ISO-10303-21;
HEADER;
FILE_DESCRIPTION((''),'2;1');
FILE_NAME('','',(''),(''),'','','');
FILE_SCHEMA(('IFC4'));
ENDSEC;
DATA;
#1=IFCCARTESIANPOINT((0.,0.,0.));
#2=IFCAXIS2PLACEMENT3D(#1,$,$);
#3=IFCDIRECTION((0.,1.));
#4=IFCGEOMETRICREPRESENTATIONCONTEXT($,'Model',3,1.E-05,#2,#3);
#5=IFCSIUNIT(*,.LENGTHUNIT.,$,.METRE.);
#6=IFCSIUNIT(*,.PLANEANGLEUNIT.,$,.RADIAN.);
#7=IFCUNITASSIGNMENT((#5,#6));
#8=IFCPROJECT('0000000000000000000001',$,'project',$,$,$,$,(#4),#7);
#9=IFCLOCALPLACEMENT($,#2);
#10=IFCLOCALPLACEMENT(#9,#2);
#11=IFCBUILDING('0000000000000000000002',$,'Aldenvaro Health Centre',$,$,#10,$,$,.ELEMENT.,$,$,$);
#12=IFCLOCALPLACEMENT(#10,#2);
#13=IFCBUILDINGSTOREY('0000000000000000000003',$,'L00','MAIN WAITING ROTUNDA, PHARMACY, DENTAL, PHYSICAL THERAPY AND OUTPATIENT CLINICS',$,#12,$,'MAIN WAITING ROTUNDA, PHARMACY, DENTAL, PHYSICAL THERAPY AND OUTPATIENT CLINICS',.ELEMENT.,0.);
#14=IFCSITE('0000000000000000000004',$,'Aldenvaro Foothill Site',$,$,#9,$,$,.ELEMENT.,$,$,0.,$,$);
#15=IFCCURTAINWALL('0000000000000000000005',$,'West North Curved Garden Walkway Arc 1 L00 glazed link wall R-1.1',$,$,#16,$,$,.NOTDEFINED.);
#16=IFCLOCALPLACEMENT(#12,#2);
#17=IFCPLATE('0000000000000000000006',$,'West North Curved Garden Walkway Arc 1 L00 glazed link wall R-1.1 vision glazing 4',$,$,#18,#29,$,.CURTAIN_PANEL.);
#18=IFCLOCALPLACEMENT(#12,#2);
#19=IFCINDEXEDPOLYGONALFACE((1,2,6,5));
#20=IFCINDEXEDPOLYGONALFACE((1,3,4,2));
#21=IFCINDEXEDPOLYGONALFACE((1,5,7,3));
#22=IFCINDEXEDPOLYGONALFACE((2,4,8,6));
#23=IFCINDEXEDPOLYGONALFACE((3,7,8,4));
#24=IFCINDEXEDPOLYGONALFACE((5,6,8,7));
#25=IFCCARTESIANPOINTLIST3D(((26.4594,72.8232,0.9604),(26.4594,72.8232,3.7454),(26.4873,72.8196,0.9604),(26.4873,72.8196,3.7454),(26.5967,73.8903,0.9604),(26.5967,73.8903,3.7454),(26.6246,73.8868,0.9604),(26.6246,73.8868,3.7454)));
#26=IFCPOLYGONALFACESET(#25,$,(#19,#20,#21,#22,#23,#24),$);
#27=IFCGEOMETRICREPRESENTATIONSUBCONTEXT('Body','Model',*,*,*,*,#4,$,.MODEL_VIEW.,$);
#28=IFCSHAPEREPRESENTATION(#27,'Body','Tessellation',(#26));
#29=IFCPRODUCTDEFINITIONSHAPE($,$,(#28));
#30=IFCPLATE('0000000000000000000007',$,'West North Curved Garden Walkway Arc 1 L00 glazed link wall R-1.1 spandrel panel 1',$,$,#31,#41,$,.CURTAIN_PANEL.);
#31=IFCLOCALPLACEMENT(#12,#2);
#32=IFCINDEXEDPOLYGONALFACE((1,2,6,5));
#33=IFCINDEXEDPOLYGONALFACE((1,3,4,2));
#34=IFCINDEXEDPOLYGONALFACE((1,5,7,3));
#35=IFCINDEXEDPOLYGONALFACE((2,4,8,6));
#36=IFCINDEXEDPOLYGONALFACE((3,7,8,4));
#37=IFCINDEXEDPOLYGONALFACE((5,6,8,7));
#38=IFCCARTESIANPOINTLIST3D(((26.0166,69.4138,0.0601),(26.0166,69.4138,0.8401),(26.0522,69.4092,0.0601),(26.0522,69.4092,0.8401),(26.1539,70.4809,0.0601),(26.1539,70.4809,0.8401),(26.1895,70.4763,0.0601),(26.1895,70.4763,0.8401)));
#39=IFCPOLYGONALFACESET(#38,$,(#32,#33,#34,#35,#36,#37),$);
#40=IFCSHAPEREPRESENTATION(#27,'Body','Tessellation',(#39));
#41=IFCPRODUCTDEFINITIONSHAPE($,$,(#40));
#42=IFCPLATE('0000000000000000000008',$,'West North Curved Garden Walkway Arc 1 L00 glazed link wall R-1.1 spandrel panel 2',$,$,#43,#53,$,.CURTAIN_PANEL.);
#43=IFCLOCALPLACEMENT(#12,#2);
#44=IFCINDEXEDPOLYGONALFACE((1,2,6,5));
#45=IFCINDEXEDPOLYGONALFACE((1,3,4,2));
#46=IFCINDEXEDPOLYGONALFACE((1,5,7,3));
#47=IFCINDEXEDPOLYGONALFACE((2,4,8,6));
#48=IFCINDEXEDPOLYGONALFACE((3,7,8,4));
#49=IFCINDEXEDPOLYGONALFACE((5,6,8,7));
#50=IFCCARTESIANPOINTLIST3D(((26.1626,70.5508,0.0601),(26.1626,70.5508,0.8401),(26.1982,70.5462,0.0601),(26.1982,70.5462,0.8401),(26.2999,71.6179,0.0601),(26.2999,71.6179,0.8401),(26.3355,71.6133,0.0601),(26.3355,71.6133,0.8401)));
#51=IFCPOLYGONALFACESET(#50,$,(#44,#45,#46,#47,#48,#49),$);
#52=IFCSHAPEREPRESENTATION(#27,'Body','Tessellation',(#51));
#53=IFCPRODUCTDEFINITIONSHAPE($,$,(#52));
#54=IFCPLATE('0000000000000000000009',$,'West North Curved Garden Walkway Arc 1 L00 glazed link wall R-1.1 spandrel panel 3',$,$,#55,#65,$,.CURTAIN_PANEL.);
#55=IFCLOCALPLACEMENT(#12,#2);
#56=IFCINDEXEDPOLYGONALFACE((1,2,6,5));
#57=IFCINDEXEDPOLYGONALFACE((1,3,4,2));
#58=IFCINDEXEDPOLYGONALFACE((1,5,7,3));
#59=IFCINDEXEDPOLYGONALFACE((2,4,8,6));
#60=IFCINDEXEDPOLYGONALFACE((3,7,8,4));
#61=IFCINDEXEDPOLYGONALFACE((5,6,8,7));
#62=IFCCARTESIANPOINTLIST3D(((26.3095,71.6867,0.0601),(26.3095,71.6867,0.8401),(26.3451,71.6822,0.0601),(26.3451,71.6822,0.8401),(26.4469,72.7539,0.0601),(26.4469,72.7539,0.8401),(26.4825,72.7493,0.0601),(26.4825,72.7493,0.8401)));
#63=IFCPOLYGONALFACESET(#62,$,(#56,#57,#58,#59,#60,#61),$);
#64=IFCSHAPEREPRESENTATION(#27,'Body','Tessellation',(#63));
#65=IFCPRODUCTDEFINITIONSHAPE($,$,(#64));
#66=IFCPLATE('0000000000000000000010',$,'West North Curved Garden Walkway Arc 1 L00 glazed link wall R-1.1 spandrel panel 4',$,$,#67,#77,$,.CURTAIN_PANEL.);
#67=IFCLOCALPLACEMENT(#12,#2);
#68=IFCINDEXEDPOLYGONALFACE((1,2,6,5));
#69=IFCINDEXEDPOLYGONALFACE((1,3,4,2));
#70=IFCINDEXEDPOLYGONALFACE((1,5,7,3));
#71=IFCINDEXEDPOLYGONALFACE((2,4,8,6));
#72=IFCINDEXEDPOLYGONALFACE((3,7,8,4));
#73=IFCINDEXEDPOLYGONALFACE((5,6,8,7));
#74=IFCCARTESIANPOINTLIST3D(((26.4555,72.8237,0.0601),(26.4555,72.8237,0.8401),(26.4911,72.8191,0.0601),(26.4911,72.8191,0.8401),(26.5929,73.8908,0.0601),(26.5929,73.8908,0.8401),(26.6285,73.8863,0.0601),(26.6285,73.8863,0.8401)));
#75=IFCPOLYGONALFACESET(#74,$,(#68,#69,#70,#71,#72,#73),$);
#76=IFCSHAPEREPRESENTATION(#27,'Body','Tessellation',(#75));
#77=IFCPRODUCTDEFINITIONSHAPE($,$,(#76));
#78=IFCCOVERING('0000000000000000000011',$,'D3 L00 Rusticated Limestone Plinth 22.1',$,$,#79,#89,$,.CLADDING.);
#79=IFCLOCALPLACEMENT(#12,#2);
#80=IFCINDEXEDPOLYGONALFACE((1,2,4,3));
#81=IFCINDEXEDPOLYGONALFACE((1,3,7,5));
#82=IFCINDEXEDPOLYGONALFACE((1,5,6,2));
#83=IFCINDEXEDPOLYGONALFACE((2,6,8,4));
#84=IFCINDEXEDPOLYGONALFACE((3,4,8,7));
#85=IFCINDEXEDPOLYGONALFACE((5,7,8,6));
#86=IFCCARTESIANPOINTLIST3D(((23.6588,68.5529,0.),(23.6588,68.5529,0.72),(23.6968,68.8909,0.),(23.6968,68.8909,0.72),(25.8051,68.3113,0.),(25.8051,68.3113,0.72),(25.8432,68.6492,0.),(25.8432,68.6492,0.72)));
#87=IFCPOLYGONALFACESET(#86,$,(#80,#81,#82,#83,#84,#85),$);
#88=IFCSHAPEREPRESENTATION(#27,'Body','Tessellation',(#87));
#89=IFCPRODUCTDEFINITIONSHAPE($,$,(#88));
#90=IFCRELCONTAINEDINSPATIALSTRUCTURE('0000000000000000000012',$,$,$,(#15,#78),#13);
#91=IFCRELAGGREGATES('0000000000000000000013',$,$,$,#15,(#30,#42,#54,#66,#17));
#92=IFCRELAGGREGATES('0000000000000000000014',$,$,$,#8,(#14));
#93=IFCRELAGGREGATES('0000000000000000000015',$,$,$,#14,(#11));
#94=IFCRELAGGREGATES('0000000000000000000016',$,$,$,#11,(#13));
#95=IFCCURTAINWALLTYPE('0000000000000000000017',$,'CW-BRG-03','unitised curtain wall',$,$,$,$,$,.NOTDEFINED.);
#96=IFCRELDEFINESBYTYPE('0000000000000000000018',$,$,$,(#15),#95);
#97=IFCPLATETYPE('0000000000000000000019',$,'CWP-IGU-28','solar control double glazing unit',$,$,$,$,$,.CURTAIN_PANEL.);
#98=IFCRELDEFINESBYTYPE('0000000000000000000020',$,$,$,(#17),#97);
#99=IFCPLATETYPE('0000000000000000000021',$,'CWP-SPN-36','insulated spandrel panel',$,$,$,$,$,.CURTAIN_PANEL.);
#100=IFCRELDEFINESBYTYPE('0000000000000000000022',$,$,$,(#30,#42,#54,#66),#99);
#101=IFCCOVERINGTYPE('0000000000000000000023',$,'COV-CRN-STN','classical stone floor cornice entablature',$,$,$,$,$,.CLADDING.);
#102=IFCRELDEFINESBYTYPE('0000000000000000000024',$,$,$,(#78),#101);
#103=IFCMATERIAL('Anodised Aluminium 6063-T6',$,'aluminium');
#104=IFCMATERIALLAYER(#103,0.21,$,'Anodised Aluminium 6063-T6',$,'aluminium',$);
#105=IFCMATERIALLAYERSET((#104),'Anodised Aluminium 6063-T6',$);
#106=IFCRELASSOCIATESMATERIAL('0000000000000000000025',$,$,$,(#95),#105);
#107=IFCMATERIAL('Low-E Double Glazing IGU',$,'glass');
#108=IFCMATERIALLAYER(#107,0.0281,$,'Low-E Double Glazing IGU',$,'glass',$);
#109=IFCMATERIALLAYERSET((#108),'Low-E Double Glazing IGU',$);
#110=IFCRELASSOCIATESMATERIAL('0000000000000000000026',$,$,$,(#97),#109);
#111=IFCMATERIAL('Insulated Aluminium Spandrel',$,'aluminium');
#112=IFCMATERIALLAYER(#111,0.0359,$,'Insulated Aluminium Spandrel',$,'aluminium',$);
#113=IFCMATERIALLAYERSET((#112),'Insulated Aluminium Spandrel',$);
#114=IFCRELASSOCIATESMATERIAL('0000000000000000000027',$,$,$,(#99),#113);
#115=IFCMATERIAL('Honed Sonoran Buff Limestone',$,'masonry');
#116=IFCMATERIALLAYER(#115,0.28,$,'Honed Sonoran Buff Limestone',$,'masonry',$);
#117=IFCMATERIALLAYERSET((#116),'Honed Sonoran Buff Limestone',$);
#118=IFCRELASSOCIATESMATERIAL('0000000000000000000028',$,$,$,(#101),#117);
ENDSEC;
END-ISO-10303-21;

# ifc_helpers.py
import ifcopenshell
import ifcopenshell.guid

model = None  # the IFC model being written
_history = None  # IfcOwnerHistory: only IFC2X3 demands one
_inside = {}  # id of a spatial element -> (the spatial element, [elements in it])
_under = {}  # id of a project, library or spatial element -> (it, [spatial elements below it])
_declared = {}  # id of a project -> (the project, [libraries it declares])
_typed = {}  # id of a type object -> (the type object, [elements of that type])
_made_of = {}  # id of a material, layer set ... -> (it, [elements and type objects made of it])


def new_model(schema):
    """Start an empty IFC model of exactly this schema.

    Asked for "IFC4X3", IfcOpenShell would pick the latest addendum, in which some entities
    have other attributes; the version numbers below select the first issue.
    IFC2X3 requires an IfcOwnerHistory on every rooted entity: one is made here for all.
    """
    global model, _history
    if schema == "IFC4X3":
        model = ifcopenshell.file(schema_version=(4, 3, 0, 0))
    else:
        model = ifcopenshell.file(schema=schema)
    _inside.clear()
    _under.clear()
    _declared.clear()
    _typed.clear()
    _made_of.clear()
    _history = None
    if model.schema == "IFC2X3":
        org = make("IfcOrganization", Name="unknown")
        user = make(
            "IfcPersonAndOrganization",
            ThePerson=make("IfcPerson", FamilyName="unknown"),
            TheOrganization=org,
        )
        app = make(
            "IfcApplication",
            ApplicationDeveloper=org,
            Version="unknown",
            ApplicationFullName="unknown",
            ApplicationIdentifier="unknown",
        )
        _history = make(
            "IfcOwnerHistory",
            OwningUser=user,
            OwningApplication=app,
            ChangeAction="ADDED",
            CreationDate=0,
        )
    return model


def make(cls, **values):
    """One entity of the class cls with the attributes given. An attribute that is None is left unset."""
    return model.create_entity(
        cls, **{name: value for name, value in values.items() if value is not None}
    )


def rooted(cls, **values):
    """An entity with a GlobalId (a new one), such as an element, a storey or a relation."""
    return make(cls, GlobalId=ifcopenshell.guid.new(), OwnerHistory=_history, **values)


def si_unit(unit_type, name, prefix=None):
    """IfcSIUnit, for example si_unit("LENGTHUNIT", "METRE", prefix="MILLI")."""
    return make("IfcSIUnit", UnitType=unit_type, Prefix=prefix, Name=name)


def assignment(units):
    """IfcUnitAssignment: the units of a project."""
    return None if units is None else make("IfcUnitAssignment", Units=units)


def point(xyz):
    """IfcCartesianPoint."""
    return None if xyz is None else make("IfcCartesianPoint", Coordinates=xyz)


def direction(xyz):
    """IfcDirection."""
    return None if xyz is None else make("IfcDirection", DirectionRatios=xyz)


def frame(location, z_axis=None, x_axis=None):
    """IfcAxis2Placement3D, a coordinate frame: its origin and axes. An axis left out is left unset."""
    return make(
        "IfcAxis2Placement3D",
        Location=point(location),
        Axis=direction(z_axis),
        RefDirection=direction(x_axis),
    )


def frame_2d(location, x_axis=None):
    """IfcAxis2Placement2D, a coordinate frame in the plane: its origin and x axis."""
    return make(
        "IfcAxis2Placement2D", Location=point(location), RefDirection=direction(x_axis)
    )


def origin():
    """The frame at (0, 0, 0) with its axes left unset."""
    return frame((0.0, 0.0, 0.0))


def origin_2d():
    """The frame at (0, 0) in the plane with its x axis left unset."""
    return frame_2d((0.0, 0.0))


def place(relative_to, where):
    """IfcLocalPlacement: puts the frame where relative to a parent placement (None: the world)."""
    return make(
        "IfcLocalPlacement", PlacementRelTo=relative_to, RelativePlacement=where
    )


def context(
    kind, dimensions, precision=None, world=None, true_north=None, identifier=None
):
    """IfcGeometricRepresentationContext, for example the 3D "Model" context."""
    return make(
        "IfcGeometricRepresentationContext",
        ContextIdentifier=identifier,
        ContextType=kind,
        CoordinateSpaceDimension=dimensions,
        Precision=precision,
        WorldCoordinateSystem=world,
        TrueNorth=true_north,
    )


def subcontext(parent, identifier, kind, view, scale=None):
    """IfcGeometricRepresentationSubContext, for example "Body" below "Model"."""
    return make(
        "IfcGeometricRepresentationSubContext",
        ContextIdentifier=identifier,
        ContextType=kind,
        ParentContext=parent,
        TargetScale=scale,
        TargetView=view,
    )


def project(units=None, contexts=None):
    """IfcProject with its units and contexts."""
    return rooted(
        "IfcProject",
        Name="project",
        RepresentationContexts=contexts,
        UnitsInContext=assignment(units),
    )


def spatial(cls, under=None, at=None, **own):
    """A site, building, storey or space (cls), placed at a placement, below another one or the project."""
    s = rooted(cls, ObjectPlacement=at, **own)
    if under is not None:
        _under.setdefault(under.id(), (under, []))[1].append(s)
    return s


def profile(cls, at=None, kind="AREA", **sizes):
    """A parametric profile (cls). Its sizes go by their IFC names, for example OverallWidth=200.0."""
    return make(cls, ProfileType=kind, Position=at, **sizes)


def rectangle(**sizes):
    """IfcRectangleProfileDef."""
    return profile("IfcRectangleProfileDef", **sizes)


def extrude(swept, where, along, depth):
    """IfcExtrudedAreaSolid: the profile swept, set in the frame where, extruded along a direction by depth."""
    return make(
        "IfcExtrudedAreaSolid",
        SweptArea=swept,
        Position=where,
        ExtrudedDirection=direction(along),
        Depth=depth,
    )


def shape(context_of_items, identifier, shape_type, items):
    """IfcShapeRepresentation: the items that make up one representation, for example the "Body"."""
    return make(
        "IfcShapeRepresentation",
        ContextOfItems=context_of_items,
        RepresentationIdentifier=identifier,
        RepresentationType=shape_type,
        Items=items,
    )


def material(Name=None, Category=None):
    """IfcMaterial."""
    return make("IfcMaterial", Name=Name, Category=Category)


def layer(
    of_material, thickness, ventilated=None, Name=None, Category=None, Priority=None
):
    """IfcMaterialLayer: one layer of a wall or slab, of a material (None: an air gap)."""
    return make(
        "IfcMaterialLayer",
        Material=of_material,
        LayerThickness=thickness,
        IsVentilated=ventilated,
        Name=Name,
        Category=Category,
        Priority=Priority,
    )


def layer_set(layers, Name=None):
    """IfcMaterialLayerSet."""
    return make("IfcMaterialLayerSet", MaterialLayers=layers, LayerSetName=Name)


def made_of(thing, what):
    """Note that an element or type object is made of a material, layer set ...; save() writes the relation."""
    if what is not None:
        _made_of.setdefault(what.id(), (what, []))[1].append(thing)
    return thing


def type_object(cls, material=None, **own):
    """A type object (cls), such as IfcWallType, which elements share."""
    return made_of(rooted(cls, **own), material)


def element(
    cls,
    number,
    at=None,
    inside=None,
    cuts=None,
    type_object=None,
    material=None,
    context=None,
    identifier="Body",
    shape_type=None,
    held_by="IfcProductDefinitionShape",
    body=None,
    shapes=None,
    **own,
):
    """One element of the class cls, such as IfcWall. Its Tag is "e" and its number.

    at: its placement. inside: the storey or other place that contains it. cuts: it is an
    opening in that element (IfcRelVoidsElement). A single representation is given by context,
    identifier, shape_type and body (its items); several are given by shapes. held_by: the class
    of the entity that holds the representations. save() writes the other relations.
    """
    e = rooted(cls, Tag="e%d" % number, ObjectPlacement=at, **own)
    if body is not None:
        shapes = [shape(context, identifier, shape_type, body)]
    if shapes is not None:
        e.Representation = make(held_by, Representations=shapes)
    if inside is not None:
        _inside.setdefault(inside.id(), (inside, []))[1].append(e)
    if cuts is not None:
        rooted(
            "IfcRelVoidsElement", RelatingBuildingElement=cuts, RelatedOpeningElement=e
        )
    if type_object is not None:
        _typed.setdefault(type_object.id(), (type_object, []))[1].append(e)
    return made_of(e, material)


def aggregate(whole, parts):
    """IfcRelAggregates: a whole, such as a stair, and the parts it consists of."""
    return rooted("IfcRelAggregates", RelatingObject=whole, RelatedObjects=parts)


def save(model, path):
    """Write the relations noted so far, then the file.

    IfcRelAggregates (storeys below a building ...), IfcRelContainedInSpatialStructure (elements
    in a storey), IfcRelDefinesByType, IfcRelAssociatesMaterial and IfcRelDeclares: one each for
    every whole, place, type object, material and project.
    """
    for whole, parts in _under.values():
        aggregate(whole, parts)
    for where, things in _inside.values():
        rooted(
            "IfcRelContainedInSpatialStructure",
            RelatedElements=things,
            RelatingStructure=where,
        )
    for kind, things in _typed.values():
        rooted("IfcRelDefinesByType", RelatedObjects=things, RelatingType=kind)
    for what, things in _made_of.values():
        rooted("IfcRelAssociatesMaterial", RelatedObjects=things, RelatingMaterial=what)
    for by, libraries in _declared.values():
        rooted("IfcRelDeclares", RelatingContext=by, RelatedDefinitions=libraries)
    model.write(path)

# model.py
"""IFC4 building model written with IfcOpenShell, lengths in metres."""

from ifc_helpers import new_model, si_unit, direction, frame, origin, origin_2d, place, context, subcontext, project, spatial, rectangle, extrude, material, layer, layer_set, type_object, element, aggregate, save


model = new_model("IFC4")

# Units and contexts
model_context = context("Model", 3, precision=1e-05, world=origin(), true_north=direction((0.0, 1.0)))
body_context = subcontext(model_context, "Body", "Model", "MODEL_VIEW")
ifc_project = project(units=[si_unit("LENGTHUNIT", "METRE"), si_unit("PLANEANGLEUNIT", "RADIAN")], contexts=[model_context])

# Site, building, storey
site_placement = place(None, origin())
site = spatial("IfcSite", under=ifc_project, at=site_placement, Name="Aldenvaro Foothill Site", CompositionType="ELEMENT", RefElevation=0.0)
building_placement = place(site_placement, origin())
building = spatial("IfcBuilding", under=site, at=building_placement, Name="Aldenvaro Health Centre", CompositionType="ELEMENT")
storey_placement = place(building_placement, origin())
storey = spatial("IfcBuildingStorey", under=building, at=storey_placement, Name="L00", Description="MAIN WAITING ROTUNDA, PHARMACY, DENTAL, PHYSICAL THERAPY AND OUTPATIENT CLINICS", LongName="MAIN WAITING ROTUNDA, PHARMACY, DENTAL, PHYSICAL THERAPY AND OUTPATIENT CLINICS", CompositionType="ELEMENT", Elevation=0.0)

# Curtain wall
ifc_material_1 = material(Name="Anodised Aluminium 6063-T6", Category="aluminium")
ifc_layer_1 = layer(ifc_material_1, 0.21, Name="Anodised Aluminium 6063-T6", Category="aluminium")
ifc_layer_set_1 = layer_set([ifc_layer_1], Name="Anodised Aluminium 6063-T6")
curtain_wall_type = type_object("IfcCurtainWallType", Name="CW-BRG-03", Description="unitised curtain wall", PredefinedType="NOTDEFINED", material=ifc_layer_set_1)
curtain_wall_1_placement = place(storey_placement, origin())
curtain_wall_1 = element("IfcCurtainWall", 1, at=curtain_wall_1_placement, inside=storey, type_object=curtain_wall_type, Name="West North Curved Garden Walkway Arc 1 L00 glazed link wall R-1.1", PredefinedType="NOTDEFINED")

# Plates
ifc_material_2 = material(Name="Low-E Double Glazing IGU", Category="glass")
ifc_layer_2 = layer(ifc_material_2, 0.0281, Name="Low-E Double Glazing IGU", Category="glass")
ifc_layer_set_2 = layer_set([ifc_layer_2], Name="Low-E Double Glazing IGU")
plate_type_1 = type_object("IfcPlateType", Name="CWP-IGU-28", Description="solar control double glazing unit", PredefinedType="CURTAIN_PANEL", material=ifc_layer_set_2)
plate_1_placement = place(storey_placement, frame((26.542, 73.355, 0.9604), z_axis=(0.0, 0.0, 1.0), x_axis=(0.127632, 0.991822, 0.0)))
plate_1 = element("IfcPlate", 2, at=plate_1_placement, type_object=plate_type_1, Name="West North Curved Garden Walkway Arc 1 L00 glazed link wall R-1.1 vision glazing 4", PredefinedType="CURTAIN_PANEL", context=body_context, shape_type="SweptSolid", body=[
    extrude(rectangle(XDim=1.0759, YDim=0.0281, at=origin_2d()), origin(), (0.0, 0.0, 1.0), 2.7849),
])
ifc_material_3 = material(Name="Insulated Aluminium Spandrel", Category="aluminium")
ifc_layer_3 = layer(ifc_material_3, 0.0359, Name="Insulated Aluminium Spandrel", Category="aluminium")
ifc_layer_set_3 = layer_set([ifc_layer_3], Name="Insulated Aluminium Spandrel")
plate_type_2 = type_object("IfcPlateType", Name="CWP-SPN-36", Description="insulated spandrel panel", PredefinedType="CURTAIN_PANEL", material=ifc_layer_set_3)
plate_2_placement = place(storey_placement, frame((26.103, 69.9451, 0.0601), z_axis=(0.0, 0.0, 1.0), x_axis=(0.127632, 0.991822, 0.0)))
plate_2 = element("IfcPlate", 3, at=plate_2_placement, type_object=plate_type_2, Name="West North Curved Garden Walkway Arc 1 L00 glazed link wall R-1.1 spandrel panel 1", PredefinedType="CURTAIN_PANEL", context=body_context, shape_type="SweptSolid", body=[
    extrude(rectangle(XDim=1.0759, YDim=0.0359, at=origin_2d()), origin(), (0.0, 0.0, 1.0), 0.78),
])
plate_3_placement = place(storey_placement, frame((26.249, 71.082, 0.0601), z_axis=(0.0, 0.0, 1.0), x_axis=(0.127632, 0.991822, 0.0)))
plate_3 = element("IfcPlate", 4, at=plate_3_placement, type_object=plate_type_2, Name="West North Curved Garden Walkway Arc 1 L00 glazed link wall R-1.1 spandrel panel 2", PredefinedType="CURTAIN_PANEL", context=body_context, shape_type="SweptSolid", body=[
    extrude(rectangle(XDim=1.0759, YDim=0.0359, at=origin_2d()), origin(), (0.0, 0.0, 1.0), 0.78),
])
plate_4_placement = place(storey_placement, frame((26.396, 72.218, 0.0601), z_axis=(0.0, 0.0, 1.0), x_axis=(0.127632, 0.991822, 0.0)))
plate_4 = element("IfcPlate", 5, at=plate_4_placement, type_object=plate_type_2, Name="West North Curved Garden Walkway Arc 1 L00 glazed link wall R-1.1 spandrel panel 3", PredefinedType="CURTAIN_PANEL", context=body_context, shape_type="SweptSolid", body=[
    extrude(rectangle(XDim=1.0759, YDim=0.0359, at=origin_2d()), origin(), (0.0, 0.0, 1.0), 0.78),
])
plate_5_placement = place(storey_placement, frame((26.542, 73.355, 0.0601), z_axis=(0.0, 0.0, 1.0), x_axis=(0.127632, 0.991822, 0.0)))
plate_5 = element("IfcPlate", 6, at=plate_5_placement, type_object=plate_type_2, Name="West North Curved Garden Walkway Arc 1 L00 glazed link wall R-1.1 spandrel panel 4", PredefinedType="CURTAIN_PANEL", context=body_context, shape_type="SweptSolid", body=[
    extrude(rectangle(XDim=1.0759, YDim=0.0359, at=origin_2d()), origin(), (0.0, 0.0, 1.0), 0.78),
])
aggregate(curtain_wall_1, [plate_2, plate_3, plate_4, plate_5, plate_1])

# Covering
ifc_material_4 = material(Name="Honed Sonoran Buff Limestone", Category="masonry")
ifc_layer_4 = layer(ifc_material_4, 0.28, Name="Honed Sonoran Buff Limestone", Category="masonry")
ifc_layer_set_4 = layer_set([ifc_layer_4], Name="Honed Sonoran Buff Limestone")
covering_type = type_object("IfcCoveringType", Name="COV-CRN-STN", Description="classical stone floor cornice entablature", PredefinedType="CLADDING", material=ifc_layer_set_4)
covering_placement = place(storey_placement, frame((24.751, 68.6011, 0.0), z_axis=(0.0, 0.0, 1.0), x_axis=(0.993723, -0.111871, 0.0)))
element("IfcCovering", 7, at=covering_placement, inside=storey, type_object=covering_type, Name="D3 L00 Rusticated Limestone Plinth 22.1", PredefinedType="CLADDING", context=body_context, shape_type="SweptSolid", body=[
    extrude(rectangle(XDim=2.1599, YDim=0.3401, at=origin_2d()), origin(), (0.0, 0.0, 1.0), 0.72),
])

save(model, "model.ifc")
